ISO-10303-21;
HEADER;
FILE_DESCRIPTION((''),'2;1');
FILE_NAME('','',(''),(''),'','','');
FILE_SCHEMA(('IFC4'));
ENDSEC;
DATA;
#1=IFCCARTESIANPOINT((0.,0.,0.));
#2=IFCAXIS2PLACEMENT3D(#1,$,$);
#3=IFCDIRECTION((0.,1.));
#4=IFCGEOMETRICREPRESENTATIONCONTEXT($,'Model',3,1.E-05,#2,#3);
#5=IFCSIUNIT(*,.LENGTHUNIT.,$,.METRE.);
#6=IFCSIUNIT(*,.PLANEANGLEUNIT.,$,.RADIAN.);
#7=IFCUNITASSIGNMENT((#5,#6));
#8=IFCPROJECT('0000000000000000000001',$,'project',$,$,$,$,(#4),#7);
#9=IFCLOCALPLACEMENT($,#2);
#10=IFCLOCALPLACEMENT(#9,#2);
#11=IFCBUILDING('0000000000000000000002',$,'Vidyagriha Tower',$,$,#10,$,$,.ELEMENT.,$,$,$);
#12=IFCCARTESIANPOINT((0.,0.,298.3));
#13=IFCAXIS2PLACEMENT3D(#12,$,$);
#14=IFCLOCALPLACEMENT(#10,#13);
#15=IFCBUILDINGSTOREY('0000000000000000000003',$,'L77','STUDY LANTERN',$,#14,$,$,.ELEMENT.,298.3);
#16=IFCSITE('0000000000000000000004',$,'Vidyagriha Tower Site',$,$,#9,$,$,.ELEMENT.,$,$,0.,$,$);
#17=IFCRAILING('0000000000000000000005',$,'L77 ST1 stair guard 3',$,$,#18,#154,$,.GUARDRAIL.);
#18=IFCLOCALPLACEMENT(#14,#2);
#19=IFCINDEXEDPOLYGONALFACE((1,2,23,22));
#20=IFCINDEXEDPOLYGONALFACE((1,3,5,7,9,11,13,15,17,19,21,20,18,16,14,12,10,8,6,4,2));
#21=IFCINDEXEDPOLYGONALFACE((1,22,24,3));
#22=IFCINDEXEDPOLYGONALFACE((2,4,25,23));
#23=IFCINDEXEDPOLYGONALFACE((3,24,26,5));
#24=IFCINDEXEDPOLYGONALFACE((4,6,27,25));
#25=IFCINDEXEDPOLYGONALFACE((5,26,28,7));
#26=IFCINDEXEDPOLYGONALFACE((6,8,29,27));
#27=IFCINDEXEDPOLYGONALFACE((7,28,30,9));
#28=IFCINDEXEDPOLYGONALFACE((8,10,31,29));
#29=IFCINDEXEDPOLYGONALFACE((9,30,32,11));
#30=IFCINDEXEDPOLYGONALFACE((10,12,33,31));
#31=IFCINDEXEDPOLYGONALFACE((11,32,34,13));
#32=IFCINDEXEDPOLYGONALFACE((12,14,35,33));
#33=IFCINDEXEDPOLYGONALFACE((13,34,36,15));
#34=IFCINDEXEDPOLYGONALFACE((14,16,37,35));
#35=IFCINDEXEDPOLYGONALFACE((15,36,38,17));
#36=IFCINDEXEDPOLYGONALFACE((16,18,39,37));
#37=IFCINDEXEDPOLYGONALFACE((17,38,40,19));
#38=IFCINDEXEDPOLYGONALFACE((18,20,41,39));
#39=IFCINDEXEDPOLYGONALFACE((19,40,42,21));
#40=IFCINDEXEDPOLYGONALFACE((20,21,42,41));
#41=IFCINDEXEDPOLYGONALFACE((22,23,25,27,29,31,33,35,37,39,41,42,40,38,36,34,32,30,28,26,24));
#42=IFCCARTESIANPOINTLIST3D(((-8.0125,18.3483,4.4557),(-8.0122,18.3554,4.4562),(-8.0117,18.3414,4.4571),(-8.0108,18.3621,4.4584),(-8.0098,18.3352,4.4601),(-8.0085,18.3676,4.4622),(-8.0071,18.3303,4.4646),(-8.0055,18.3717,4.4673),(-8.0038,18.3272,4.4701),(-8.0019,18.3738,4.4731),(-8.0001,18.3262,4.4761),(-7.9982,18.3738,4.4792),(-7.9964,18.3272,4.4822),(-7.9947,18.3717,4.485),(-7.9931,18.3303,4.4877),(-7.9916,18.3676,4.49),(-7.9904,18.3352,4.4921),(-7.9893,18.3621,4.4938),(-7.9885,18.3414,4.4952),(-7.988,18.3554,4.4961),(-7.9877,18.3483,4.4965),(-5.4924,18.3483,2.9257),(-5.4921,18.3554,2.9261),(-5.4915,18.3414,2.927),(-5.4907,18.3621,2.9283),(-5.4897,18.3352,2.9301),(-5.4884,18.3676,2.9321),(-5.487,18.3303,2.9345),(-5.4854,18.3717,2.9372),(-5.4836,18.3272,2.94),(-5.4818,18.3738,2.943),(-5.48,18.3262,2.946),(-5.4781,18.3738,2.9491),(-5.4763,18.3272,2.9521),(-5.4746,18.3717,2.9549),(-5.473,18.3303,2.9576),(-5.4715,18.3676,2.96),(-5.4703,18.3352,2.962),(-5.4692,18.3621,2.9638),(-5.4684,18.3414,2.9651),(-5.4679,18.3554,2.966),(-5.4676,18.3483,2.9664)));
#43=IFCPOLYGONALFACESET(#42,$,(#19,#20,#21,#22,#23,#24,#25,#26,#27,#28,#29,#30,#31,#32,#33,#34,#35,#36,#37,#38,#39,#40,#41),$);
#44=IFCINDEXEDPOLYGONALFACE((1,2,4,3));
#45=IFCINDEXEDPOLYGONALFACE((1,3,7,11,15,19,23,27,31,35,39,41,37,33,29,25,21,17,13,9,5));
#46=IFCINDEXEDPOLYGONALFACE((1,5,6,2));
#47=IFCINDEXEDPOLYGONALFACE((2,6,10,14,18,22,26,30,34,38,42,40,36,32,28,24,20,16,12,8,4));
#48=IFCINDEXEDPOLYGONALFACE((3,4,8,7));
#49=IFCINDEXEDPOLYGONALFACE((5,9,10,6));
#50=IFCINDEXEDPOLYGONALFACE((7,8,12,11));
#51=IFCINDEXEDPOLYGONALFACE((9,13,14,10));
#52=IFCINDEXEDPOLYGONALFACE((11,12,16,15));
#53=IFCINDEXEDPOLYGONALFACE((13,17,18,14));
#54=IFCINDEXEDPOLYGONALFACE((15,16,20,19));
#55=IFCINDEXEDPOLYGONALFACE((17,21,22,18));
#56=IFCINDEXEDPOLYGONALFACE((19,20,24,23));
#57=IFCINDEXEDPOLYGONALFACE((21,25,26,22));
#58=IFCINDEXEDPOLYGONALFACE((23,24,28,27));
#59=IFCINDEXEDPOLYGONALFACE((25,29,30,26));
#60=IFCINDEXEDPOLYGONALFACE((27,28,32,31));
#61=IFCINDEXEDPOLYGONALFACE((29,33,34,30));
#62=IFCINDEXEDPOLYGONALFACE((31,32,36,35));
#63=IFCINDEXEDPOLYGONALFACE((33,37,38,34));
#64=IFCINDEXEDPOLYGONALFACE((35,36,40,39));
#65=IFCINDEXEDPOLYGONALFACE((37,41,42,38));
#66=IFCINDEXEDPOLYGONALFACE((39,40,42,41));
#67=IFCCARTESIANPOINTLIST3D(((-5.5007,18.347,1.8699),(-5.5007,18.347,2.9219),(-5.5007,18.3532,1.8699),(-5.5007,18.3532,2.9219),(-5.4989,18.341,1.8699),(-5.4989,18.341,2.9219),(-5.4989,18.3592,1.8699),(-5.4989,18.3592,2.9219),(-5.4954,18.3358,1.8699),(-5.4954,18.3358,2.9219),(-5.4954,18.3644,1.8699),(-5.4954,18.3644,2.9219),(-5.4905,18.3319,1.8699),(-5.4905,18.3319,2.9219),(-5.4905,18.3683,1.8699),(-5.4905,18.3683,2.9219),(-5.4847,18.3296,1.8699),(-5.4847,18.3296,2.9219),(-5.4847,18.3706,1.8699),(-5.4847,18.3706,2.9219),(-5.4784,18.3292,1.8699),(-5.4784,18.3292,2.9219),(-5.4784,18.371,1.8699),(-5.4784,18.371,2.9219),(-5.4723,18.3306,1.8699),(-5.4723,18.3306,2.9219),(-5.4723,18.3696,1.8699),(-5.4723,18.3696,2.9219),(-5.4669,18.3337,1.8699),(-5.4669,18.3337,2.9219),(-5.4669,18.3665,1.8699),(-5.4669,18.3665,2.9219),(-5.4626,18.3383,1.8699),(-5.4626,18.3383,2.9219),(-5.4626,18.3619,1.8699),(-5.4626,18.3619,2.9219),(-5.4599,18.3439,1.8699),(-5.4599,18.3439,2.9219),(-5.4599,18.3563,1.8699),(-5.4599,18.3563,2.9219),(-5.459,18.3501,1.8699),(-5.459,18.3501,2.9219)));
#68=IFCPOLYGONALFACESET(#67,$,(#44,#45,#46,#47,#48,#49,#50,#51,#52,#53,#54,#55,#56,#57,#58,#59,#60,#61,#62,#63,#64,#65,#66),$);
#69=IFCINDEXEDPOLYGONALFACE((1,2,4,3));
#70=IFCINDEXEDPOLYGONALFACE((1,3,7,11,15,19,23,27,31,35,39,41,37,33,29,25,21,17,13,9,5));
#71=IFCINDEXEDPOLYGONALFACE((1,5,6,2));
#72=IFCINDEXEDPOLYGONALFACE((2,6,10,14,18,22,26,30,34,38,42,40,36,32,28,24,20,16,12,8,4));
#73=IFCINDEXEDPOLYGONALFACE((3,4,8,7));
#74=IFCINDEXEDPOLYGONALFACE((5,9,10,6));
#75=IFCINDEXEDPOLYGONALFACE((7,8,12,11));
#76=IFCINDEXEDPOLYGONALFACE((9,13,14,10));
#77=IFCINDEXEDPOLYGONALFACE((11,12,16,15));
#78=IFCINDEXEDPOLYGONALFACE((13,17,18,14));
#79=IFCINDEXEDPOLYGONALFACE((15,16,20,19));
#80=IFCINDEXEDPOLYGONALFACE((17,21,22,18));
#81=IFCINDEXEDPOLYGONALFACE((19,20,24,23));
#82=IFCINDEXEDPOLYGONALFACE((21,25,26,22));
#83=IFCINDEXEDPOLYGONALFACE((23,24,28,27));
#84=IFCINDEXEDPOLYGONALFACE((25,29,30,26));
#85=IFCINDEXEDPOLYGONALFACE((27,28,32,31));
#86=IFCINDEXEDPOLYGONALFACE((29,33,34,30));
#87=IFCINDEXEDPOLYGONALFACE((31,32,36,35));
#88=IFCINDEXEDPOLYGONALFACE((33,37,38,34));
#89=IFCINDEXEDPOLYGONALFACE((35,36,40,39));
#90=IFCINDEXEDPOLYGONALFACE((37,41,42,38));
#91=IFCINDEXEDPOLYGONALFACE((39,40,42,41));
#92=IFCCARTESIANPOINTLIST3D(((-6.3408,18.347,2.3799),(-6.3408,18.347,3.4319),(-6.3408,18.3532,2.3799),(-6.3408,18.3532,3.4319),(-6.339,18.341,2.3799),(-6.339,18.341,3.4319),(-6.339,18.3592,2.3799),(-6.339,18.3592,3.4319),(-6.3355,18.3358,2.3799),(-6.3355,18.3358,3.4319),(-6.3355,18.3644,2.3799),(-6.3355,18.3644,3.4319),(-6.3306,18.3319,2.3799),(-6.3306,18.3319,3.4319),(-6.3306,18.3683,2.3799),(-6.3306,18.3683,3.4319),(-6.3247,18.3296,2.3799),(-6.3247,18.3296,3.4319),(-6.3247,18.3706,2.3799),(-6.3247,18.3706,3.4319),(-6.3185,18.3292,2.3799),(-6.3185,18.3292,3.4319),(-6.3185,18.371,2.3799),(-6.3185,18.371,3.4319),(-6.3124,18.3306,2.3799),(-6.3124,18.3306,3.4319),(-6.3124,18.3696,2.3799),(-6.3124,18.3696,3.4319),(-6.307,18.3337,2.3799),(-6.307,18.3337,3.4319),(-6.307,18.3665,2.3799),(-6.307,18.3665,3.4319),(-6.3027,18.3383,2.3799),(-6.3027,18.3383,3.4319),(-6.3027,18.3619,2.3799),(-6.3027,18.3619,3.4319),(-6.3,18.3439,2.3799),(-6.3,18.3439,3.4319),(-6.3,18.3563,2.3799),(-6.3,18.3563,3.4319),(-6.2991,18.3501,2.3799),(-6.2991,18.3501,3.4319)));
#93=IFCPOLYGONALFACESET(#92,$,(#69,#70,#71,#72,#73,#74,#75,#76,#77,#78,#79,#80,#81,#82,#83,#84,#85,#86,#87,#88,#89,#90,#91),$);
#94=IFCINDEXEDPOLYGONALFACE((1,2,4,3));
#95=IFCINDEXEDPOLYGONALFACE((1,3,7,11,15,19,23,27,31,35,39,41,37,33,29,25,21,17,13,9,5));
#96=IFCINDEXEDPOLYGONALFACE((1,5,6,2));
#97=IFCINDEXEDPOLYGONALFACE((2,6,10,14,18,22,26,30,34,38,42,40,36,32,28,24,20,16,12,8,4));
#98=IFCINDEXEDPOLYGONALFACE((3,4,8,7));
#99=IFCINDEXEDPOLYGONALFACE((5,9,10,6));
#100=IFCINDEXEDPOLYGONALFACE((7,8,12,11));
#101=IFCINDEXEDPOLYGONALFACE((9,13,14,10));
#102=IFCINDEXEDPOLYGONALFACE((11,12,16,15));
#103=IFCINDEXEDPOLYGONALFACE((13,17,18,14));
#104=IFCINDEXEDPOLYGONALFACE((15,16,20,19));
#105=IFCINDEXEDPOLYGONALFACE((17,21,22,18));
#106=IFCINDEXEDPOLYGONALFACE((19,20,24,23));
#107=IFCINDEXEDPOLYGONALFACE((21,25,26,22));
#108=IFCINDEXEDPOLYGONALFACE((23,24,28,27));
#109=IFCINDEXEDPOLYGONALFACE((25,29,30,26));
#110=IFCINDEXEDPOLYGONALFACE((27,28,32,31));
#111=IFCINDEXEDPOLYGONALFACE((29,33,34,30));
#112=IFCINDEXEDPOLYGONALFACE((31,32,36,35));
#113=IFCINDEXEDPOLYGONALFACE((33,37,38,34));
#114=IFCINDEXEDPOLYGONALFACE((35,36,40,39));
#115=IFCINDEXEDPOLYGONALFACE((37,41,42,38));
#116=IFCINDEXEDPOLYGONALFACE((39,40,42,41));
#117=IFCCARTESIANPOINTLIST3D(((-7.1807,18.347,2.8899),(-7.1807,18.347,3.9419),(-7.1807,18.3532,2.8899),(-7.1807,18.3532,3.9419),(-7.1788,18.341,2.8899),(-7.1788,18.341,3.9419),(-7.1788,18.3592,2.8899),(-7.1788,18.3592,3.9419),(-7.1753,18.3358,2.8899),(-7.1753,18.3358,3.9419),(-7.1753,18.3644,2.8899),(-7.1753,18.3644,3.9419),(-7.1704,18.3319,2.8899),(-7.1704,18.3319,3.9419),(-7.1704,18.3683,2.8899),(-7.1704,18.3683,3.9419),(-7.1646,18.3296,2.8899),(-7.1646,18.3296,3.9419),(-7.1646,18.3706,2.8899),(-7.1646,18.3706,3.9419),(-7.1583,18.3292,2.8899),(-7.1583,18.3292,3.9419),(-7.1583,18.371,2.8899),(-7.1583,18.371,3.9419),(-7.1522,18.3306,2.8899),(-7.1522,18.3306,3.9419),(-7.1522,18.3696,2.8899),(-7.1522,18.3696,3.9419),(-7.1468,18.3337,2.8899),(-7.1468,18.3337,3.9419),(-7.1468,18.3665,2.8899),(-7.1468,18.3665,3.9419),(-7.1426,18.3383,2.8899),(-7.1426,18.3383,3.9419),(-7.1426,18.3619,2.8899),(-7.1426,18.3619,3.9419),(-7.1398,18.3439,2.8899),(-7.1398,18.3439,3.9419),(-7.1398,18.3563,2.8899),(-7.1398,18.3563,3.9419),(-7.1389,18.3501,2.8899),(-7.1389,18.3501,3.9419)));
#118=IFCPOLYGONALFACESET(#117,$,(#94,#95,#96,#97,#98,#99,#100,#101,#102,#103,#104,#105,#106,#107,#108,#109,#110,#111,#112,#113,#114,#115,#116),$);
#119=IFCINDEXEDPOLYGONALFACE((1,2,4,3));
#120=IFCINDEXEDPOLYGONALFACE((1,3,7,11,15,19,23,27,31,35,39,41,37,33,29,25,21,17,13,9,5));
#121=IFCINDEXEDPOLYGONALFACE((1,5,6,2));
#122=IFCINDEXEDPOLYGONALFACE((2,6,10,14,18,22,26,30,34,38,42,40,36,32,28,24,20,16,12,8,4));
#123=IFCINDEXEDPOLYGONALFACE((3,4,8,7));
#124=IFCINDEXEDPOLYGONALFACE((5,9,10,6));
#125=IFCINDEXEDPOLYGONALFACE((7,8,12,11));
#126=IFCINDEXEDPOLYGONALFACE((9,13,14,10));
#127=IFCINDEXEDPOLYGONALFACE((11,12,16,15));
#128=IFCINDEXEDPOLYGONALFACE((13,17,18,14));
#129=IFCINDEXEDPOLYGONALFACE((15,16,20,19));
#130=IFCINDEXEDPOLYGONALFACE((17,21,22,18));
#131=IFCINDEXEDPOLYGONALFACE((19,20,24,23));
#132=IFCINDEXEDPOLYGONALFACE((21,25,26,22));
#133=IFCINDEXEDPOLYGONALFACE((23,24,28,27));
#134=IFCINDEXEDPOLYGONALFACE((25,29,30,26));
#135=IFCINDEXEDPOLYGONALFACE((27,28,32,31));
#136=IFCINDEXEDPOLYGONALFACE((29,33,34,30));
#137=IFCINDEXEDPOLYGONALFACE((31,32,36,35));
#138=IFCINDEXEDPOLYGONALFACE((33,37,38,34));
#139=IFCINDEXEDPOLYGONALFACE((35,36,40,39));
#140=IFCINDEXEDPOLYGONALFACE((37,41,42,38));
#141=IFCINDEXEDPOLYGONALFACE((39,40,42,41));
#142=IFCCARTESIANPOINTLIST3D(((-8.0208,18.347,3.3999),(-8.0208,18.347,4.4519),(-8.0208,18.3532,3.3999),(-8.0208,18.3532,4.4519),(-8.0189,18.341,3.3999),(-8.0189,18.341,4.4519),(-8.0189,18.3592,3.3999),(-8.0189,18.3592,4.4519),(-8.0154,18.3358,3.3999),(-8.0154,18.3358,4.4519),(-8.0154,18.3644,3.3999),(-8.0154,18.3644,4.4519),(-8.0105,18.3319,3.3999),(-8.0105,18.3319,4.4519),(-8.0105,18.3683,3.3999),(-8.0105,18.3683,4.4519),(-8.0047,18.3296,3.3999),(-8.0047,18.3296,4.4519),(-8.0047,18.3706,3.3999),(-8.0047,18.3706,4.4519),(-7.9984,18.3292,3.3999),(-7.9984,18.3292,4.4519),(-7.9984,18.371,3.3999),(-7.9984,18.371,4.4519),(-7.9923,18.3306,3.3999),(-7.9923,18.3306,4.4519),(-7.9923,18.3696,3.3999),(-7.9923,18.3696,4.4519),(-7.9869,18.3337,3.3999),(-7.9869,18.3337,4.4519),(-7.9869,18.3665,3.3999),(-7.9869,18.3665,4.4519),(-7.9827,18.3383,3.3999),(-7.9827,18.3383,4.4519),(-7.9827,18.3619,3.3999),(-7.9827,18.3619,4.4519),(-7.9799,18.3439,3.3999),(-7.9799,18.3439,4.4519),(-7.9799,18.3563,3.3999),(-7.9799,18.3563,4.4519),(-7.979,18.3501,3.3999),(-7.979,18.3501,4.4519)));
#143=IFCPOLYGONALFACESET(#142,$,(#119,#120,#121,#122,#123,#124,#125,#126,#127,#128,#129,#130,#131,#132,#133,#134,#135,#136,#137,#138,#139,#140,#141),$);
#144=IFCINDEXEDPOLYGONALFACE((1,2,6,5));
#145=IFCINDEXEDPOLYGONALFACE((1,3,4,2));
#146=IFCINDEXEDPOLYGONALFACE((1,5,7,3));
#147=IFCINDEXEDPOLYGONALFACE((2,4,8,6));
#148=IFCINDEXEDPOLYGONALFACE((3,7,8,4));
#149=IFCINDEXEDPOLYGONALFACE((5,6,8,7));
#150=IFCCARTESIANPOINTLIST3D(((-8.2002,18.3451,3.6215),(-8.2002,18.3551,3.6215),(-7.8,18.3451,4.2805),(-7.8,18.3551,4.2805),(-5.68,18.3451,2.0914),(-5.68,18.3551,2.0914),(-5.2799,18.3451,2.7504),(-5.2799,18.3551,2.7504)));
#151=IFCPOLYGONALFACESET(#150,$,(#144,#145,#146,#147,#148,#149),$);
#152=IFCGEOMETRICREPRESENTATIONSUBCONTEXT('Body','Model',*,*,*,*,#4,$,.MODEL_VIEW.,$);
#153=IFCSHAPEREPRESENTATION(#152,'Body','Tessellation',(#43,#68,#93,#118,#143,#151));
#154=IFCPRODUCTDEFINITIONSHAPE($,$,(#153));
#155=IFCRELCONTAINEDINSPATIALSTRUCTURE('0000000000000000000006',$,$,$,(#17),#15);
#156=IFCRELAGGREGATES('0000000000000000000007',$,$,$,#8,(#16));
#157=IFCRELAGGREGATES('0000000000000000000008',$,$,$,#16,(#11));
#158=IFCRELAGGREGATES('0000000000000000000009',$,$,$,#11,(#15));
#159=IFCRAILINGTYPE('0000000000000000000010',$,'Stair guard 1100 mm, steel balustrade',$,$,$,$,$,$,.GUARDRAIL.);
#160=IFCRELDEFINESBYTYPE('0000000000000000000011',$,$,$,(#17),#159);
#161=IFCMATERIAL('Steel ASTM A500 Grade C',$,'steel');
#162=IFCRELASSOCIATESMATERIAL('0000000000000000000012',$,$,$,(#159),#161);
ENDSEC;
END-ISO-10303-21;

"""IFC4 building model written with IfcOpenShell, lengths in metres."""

from ifc_helpers import new_model, si_unit, direction, frame, origin, origin_2d, place, context, subcontext, project, spatial, rectangle, circle, extrude, material, type_object, element, save


model = new_model("IFC4")

# Units and contexts
model_context = context("Model", 3, precision=1e-05, world=origin(), true_north=direction((0.0, 1.0)))
body_context = subcontext(model_context, "Body", "Model", "MODEL_VIEW")
ifc_project = project(units=[si_unit("LENGTHUNIT", "METRE"), si_unit("PLANEANGLEUNIT", "RADIAN")], contexts=[model_context])

# Site, building, storey
site_placement = place(None, origin())
site = spatial("IfcSite", under=ifc_project, at=site_placement, Name="Vidyagriha Tower Site", CompositionType="ELEMENT", RefElevation=0.0)
building_placement = place(site_placement, origin())
building = spatial("IfcBuilding", under=site, at=building_placement, Name="Vidyagriha Tower", CompositionType="ELEMENT")
storey_placement = place(building_placement, frame((0.0, 0.0, 298.3)))
storey = spatial("IfcBuildingStorey", under=building, at=storey_placement, Name="L77", Description="STUDY LANTERN", CompositionType="ELEMENT", Elevation=298.3)

# Railing
ifc_material_1 = material(Name="Steel ASTM A500 Grade C", Category="steel")
railing_type_1 = type_object("IfcRailingType", Name="Stair guard 1100 mm, steel balustrade", PredefinedType="GUARDRAIL", material=ifc_material_1)
railing_1_placement = place(storey_placement, frame((-5.48, 18.3501, 1.8699)))
element("IfcRailing", 1, at=railing_1_placement, inside=storey, type_object=railing_type_1, Name="L77 ST1 stair guard 3", PredefinedType="GUARDRAIL", context=body_context, shape_type="SweptSolid", body=[
    extrude(circle(Radius=0.0239, at=origin_2d()), frame((0.0, 0.0, 1.0762), z_axis=(-0.854785, 0.0, 0.518982), x_axis=(0.0, -1.0, 0.0)), (0.0, 0.0, 1.0), 2.9482),
    extrude(circle(Radius=0.021, at=origin_2d()), origin(), (0.0, 0.0, 1.0), 1.052),
    extrude(circle(Radius=0.021, at=origin_2d()), frame((-0.8401, 0.0, 0.51)), (0.0, 0.0, 1.0), 1.052),
    extrude(circle(Radius=0.021, at=origin_2d()), frame((-1.6799, 0.0, 1.02)), (0.0, 0.0, 1.0), 1.052),
    extrude(circle(Radius=0.021, at=origin_2d()), frame((-2.52, 0.0, 1.53)), (0.0, 0.0, 1.0), 1.052),
    extrude(rectangle(XDim=0.01, YDim=0.771, at=origin_2d()), frame((0.0, 0.0, 0.551), z_axis=(-0.854785, 0.0, 0.518982), x_axis=(0.0, -1.0, 0.0)), (0.0, 0.0, 1.0), 2.9482),
])

save(model, "model.ifc")
